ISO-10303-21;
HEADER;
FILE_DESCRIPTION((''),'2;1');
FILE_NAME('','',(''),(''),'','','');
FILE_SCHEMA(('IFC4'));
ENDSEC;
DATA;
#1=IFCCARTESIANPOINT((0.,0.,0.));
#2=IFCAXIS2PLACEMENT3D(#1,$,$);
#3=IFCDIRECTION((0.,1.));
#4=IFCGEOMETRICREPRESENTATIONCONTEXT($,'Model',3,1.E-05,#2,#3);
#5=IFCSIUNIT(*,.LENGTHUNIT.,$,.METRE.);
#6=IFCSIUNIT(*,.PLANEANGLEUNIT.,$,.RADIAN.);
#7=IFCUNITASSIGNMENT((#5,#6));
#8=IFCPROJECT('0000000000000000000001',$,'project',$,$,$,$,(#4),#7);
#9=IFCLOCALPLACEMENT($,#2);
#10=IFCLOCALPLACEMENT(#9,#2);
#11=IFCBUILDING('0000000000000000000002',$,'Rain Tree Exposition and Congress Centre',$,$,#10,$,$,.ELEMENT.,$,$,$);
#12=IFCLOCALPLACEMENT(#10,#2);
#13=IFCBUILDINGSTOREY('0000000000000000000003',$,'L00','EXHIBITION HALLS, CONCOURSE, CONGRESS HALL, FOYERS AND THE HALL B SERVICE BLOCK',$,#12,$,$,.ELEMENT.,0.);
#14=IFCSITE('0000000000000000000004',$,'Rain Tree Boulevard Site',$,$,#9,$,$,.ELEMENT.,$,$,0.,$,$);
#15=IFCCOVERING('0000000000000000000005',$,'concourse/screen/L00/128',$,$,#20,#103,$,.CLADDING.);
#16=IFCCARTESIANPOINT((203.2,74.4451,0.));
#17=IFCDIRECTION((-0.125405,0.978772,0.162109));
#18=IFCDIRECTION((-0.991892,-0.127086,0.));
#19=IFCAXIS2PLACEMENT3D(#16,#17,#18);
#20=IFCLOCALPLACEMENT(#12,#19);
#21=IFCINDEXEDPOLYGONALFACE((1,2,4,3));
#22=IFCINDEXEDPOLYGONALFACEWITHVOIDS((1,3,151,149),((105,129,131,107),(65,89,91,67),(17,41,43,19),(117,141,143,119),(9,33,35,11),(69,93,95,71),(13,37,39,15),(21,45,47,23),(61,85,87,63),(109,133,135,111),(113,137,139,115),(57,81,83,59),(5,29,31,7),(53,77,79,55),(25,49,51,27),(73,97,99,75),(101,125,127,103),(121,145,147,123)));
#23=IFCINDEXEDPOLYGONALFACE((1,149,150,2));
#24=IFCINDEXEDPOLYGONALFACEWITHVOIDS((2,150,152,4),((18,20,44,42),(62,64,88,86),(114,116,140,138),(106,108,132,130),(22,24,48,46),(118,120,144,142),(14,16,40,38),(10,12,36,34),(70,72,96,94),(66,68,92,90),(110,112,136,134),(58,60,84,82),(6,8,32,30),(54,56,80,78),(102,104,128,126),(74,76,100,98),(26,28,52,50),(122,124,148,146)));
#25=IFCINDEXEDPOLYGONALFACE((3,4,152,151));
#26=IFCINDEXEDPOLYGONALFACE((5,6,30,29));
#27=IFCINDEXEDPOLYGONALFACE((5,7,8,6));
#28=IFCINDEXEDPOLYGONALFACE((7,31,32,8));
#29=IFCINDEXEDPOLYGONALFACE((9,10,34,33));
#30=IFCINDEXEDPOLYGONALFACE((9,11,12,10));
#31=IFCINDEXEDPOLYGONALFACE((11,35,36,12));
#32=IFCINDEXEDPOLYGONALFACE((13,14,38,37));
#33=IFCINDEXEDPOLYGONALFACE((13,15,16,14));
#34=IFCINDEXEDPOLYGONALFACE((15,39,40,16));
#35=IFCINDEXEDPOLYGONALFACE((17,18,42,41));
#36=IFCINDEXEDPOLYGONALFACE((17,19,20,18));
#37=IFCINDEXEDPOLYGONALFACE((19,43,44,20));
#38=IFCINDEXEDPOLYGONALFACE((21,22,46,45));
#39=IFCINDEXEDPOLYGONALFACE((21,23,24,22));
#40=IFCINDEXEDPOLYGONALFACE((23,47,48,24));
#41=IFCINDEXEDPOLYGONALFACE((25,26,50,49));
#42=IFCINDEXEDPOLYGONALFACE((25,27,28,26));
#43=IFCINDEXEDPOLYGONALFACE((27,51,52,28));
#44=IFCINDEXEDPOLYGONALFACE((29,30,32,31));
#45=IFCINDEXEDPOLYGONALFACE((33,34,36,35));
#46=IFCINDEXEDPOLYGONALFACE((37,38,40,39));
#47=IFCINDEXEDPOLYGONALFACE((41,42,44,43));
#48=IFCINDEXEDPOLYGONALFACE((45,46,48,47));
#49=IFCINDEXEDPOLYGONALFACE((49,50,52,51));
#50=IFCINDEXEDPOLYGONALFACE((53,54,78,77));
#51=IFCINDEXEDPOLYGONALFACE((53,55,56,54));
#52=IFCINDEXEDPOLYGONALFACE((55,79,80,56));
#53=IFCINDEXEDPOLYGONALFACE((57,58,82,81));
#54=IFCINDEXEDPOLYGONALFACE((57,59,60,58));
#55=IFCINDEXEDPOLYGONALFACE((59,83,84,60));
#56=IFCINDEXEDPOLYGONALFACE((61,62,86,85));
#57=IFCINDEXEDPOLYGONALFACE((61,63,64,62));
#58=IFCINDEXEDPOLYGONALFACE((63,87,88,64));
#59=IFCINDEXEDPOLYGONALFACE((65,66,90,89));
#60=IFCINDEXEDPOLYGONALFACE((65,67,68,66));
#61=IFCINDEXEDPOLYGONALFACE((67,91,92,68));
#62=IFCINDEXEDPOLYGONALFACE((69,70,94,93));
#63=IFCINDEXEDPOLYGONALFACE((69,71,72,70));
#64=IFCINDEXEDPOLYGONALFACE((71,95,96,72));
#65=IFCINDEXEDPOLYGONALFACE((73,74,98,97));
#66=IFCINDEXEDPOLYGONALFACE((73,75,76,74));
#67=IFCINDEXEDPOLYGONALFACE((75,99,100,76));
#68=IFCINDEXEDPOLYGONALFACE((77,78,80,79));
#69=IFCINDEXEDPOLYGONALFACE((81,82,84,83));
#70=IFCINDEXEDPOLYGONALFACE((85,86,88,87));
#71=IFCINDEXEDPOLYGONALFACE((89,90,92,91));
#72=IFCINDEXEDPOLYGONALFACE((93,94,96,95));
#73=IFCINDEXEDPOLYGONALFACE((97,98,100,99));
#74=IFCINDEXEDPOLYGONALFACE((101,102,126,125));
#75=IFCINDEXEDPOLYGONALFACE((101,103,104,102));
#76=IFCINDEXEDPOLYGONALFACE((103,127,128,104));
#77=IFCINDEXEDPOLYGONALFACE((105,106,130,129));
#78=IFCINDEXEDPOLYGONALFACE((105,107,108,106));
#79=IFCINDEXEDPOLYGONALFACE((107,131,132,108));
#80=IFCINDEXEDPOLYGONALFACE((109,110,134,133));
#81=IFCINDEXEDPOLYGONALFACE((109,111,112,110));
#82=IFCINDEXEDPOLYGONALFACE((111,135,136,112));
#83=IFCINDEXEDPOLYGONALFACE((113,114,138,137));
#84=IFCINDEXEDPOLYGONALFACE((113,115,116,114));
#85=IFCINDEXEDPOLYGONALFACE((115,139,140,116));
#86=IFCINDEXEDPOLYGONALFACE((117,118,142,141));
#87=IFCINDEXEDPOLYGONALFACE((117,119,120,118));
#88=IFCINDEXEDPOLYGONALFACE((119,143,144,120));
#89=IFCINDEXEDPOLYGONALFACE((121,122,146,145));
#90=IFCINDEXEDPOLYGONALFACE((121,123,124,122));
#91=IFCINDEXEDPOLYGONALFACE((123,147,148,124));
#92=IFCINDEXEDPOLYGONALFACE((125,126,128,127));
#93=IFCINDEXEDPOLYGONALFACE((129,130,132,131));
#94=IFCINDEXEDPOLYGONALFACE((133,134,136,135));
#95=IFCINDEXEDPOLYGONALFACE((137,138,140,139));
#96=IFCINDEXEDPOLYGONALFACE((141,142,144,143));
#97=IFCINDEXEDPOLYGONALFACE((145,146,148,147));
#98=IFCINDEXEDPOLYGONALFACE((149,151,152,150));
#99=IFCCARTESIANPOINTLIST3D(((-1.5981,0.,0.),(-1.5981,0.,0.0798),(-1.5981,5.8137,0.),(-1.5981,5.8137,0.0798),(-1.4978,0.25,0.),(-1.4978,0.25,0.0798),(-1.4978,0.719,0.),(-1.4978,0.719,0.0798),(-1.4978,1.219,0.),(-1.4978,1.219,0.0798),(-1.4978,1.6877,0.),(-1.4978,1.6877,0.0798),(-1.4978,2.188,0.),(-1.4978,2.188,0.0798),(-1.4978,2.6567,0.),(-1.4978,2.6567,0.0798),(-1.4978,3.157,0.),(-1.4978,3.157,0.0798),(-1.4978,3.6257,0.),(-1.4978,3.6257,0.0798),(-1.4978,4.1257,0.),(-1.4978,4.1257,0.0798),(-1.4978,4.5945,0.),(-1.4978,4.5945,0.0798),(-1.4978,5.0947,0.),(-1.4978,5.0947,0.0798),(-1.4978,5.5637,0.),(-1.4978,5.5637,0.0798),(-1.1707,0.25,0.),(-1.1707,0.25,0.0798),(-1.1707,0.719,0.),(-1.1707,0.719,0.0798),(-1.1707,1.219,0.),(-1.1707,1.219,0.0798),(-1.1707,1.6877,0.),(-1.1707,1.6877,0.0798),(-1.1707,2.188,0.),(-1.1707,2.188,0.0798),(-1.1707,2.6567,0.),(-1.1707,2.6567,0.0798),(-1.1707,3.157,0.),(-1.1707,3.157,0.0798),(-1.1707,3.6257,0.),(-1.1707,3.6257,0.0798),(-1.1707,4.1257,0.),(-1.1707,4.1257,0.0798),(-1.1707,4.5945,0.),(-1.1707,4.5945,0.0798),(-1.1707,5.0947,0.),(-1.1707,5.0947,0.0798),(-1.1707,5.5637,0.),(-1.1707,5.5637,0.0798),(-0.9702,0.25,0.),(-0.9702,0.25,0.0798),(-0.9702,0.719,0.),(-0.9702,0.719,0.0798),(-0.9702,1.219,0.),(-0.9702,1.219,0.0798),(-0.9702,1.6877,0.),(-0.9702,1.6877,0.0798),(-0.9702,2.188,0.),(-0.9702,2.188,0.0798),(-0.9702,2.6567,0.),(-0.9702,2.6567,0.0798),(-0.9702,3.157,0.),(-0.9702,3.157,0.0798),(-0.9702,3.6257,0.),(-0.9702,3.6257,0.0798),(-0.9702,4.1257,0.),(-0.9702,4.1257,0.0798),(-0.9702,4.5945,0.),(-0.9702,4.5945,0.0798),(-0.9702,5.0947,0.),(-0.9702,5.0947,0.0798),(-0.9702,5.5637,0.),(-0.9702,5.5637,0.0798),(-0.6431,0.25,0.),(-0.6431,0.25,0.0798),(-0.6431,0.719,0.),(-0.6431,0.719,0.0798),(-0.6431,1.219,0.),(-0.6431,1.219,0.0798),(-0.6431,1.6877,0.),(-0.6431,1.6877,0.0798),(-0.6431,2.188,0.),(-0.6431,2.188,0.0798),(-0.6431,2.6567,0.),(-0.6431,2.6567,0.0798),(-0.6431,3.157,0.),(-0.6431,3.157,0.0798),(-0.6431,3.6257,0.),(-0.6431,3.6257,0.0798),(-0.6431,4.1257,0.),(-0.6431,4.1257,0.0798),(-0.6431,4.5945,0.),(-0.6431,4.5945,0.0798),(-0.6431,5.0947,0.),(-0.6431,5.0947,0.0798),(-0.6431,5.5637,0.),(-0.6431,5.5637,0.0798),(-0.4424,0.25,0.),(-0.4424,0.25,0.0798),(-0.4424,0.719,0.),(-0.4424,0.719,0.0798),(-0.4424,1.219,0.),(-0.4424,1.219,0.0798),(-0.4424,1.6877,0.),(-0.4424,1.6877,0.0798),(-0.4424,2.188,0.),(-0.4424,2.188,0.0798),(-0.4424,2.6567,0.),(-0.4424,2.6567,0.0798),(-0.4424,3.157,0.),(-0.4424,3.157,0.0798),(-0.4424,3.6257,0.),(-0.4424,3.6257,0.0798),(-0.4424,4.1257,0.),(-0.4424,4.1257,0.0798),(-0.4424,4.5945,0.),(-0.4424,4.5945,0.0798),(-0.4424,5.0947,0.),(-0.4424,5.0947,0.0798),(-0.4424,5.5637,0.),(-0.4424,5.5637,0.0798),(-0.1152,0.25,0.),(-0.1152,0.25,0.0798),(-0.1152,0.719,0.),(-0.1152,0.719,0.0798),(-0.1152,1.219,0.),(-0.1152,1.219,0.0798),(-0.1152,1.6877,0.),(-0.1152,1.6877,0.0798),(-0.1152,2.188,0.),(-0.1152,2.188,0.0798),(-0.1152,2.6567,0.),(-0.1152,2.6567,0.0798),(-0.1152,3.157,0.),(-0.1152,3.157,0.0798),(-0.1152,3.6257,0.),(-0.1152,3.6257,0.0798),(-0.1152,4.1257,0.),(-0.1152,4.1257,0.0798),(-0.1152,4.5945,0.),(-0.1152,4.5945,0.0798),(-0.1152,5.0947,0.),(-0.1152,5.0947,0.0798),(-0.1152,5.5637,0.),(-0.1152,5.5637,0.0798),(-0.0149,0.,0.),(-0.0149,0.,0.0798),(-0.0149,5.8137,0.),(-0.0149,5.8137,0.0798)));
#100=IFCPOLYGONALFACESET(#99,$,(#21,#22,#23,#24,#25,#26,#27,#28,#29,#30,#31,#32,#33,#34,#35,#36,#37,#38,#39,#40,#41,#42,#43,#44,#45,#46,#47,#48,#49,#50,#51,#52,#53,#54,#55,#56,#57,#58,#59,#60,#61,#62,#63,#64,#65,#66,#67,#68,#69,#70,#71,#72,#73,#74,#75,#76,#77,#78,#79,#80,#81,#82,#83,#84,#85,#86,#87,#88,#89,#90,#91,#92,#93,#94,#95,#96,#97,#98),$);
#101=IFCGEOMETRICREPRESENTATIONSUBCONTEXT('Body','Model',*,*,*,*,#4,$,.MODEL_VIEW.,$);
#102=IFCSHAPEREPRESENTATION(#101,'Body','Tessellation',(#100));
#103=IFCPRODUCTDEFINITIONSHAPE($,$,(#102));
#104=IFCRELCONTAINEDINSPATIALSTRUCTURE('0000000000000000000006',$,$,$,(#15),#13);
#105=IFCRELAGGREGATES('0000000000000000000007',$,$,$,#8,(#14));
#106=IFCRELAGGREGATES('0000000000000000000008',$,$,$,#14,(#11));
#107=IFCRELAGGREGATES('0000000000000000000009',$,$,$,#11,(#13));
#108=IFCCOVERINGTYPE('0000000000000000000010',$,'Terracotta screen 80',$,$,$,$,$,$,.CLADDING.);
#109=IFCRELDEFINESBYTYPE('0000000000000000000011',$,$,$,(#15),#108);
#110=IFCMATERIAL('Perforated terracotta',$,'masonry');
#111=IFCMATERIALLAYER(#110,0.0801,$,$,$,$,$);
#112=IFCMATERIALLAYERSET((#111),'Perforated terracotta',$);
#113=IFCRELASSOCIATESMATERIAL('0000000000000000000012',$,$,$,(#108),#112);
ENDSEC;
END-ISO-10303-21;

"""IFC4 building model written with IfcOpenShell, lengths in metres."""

from ifc_helpers import new_model, si_unit, direction, frame, origin, place, context, subcontext, project, spatial, polyline, outline, extrude, material, layer, layer_set, type_object, element, save


model = new_model("IFC4")

# Units and contexts
model_context = context("Model", 3, precision=1e-05, world=origin(), true_north=direction((0.0, 1.0)))
body_context = subcontext(model_context, "Body", "Model", "MODEL_VIEW")
ifc_project = project(units=[si_unit("LENGTHUNIT", "METRE"), si_unit("PLANEANGLEUNIT", "RADIAN")], contexts=[model_context])

# Site, building, storey
site_placement = place(None, origin())
site = spatial("IfcSite", under=ifc_project, at=site_placement, Name="Rain Tree Boulevard Site", CompositionType="ELEMENT", RefElevation=0.0)
building_placement = place(site_placement, origin())
building = spatial("IfcBuilding", under=site, at=building_placement, Name="Rain Tree Exposition and Congress Centre", CompositionType="ELEMENT")
storey_placement = place(building_placement, origin())
storey = spatial("IfcBuildingStorey", under=building, at=storey_placement, Name="L00", Description="EXHIBITION HALLS, CONCOURSE, CONGRESS HALL, FOYERS AND THE HALL B SERVICE BLOCK", CompositionType="ELEMENT", Elevation=0.0)

# Covering
ifc_material_1 = material(Name="Perforated terracotta", Category="masonry")
ifc_layer_1 = layer(ifc_material_1, 0.0801)
ifc_layer_set_1 = layer_set([ifc_layer_1], Name="Perforated terracotta")
covering_type = type_object("IfcCoveringType", Name="Terracotta screen 80", PredefinedType="CLADDING", material=ifc_layer_set_1)
covering_1_placement = place(storey_placement, frame((203.2, 74.4451, 0.0), z_axis=(-0.125405, 0.978772, 0.162109), x_axis=(-0.991892, -0.127086, 0.0)))
element("IfcCovering", 1, at=covering_1_placement, inside=storey, type_object=covering_type, Name="concourse/screen/L00/128", PredefinedType="CLADDING", context=body_context, shape_type="SweptSolid", body=[
    extrude(outline(polyline([(-0.0149, 0.0), (-1.5981, 0.0), (-1.5981, 5.8137), (-0.0149, 5.8137), (-0.0149, 0.0)]), holes=[polyline([(-0.1152, 0.25), (-0.1152, 0.719), (-0.4424, 0.719), (-0.4424, 0.25), (-0.1152, 0.25)]), polyline([(-0.1152, 1.219), (-0.1152, 1.6877), (-0.4424, 1.6877), (-0.4424, 1.219), (-0.1152, 1.219)]), polyline([(-0.1152, 2.188), (-0.1152, 2.6567), (-0.4424, 2.6567), (-0.4424, 2.188), (-0.1152, 2.188)]), polyline([(-0.1152, 3.157), (-0.1152, 3.6257), (-0.4424, 3.6257), (-0.4424, 3.157), (-0.1152, 3.157)]), polyline([(-0.1152, 4.1257), (-0.1152, 4.5945), (-0.4424, 4.5945), (-0.4424, 4.1257), (-0.1152, 4.1257)]), polyline([(-0.1152, 5.0947), (-0.1152, 5.5637), (-0.4424, 5.5637), (-0.4424, 5.0947), (-0.1152, 5.0947)]), polyline([(-0.6431, 0.25), (-0.6431, 0.719), (-0.9702, 0.719), (-0.9702, 0.25), (-0.6431, 0.25)]), polyline([(-0.6431, 1.219), (-0.6431, 1.6877), (-0.9702, 1.6877), (-0.9702, 1.219), (-0.6431, 1.219)]), polyline([(-0.6431, 2.188), (-0.6431, 2.6567), (-0.9702, 2.6567), (-0.9702, 2.188), (-0.6431, 2.188)]), polyline([(-0.6431, 3.157), (-0.6431, 3.6257), (-0.9702, 3.6257), (-0.9702, 3.157), (-0.6431, 3.157)]), polyline([(-0.6431, 4.1257), (-0.6431, 4.5945), (-0.9702, 4.5945), (-0.9702, 4.1257), (-0.6431, 4.1257)]), polyline([(-0.6431, 5.0947), (-0.6431, 5.5637), (-0.9702, 5.5637), (-0.9702, 5.0947), (-0.6431, 5.0947)]), polyline([(-1.1707, 0.25), (-1.1707, 0.719), (-1.4978, 0.719), (-1.4978, 0.25), (-1.1707, 0.25)]), polyline([(-1.1707, 1.219), (-1.1707, 1.6877), (-1.4978, 1.6877), (-1.4978, 1.219), (-1.1707, 1.219)]), polyline([(-1.1707, 2.188), (-1.1707, 2.6567), (-1.4978, 2.6567), (-1.4978, 2.188), (-1.1707, 2.188)]), polyline([(-1.1707, 3.157), (-1.1707, 3.6257), (-1.4978, 3.6257), (-1.4978, 3.157), (-1.1707, 3.157)]), polyline([(-1.1707, 4.1257), (-1.1707, 4.5945), (-1.4978, 4.5945), (-1.4978, 4.1257), (-1.1707, 4.1257)]), polyline([(-1.1707, 5.0947), (-1.1707, 5.5637), (-1.4978, 5.5637), (-1.4978, 5.0947), (-1.1707, 5.0947)])]), origin(), (0.0, 0.0, 1.0), 0.0798),
])

save(model, "model.ifc")
